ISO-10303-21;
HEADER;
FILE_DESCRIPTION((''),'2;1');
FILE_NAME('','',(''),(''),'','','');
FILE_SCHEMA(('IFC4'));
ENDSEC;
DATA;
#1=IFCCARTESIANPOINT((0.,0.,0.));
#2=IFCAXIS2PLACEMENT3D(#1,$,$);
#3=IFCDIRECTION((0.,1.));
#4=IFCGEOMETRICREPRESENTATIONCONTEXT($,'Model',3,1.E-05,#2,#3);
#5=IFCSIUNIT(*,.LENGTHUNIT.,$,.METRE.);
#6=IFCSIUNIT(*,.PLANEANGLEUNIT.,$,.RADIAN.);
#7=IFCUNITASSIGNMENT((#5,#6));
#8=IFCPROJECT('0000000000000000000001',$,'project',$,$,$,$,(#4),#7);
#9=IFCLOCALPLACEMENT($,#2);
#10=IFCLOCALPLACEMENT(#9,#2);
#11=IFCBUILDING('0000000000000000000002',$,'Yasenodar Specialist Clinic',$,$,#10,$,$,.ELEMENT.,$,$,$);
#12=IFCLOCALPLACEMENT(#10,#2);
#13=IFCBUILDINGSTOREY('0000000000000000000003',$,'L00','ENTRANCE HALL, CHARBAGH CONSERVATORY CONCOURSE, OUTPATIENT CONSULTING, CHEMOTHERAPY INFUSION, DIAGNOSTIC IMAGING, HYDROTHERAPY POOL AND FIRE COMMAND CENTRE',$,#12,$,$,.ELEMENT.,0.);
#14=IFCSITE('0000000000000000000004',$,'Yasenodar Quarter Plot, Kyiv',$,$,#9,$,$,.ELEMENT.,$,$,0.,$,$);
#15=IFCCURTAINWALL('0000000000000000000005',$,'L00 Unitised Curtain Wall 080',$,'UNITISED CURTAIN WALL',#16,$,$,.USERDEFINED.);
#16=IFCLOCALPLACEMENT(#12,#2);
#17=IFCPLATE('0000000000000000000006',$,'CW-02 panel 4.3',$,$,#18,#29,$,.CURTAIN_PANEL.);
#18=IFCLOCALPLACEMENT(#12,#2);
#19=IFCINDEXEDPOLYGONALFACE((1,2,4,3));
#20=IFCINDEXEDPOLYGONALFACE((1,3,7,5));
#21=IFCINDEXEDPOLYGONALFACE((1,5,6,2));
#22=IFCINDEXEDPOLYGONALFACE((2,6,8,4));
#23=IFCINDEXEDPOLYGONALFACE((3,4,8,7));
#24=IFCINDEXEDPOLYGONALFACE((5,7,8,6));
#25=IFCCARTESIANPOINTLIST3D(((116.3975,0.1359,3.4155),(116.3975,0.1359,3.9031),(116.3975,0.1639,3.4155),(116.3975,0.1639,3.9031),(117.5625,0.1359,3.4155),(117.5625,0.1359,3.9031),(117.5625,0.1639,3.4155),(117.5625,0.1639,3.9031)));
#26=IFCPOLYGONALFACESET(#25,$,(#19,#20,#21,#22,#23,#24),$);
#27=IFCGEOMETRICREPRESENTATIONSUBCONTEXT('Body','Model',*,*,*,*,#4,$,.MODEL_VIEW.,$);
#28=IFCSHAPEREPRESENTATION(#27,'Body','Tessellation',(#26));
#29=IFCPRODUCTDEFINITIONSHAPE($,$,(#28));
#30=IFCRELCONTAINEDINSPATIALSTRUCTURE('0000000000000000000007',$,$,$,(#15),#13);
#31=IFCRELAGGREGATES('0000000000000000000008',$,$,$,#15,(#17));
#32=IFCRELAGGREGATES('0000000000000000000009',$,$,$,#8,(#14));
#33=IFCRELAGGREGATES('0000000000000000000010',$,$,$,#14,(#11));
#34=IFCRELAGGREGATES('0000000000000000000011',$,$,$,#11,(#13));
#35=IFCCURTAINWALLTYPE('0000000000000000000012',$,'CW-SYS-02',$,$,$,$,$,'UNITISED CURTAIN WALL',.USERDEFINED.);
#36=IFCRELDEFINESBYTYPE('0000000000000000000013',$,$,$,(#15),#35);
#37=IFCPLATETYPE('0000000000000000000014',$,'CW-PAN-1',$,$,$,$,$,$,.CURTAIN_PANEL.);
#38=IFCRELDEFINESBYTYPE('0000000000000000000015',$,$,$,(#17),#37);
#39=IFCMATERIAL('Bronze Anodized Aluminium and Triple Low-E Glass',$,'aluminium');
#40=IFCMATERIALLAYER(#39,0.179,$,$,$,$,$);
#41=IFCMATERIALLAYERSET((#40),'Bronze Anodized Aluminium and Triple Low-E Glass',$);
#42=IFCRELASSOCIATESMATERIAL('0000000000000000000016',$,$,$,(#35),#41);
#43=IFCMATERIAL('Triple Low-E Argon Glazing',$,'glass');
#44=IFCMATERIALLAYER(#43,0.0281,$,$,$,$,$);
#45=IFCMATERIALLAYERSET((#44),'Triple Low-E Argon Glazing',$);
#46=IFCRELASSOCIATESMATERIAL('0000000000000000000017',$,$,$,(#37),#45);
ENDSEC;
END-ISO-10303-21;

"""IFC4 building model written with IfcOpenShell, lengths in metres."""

from ifc_helpers import new_model, si_unit, direction, frame, origin, origin_2d, place, context, subcontext, project, spatial, rectangle, extrude, material, layer, layer_set, type_object, element, aggregate, save


model = new_model("IFC4")

# Units and contexts
model_context = context("Model", 3, precision=1e-05, world=origin(), true_north=direction((0.0, 1.0)))
body_context = subcontext(model_context, "Body", "Model", "MODEL_VIEW")
ifc_project = project(units=[si_unit("LENGTHUNIT", "METRE"), si_unit("PLANEANGLEUNIT", "RADIAN")], contexts=[model_context])

# Site, building, storey
site_placement = place(None, origin())
site = spatial("IfcSite", under=ifc_project, at=site_placement, Name="Yasenodar Quarter Plot, Kyiv", CompositionType="ELEMENT", RefElevation=0.0)
building_placement = place(site_placement, origin())
building = spatial("IfcBuilding", under=site, at=building_placement, Name="Yasenodar Specialist Clinic", CompositionType="ELEMENT")
storey_placement = place(building_placement, origin())
storey = spatial("IfcBuildingStorey", under=building, at=storey_placement, Name="L00", Description="ENTRANCE HALL, CHARBAGH CONSERVATORY CONCOURSE, OUTPATIENT CONSULTING, CHEMOTHERAPY INFUSION, DIAGNOSTIC IMAGING, HYDROTHERAPY POOL AND FIRE COMMAND CENTRE", CompositionType="ELEMENT", Elevation=0.0)

# Curtain wall
ifc_material_1 = material(Name="Bronze Anodized Aluminium and Triple Low-E Glass", Category="aluminium")
ifc_layer_1 = layer(ifc_material_1, 0.179)
ifc_layer_set_1 = layer_set([ifc_layer_1], Name="Bronze Anodized Aluminium and Triple Low-E Glass")
curtain_wall_type = type_object("IfcCurtainWallType", Name="CW-SYS-02", ElementType="UNITISED CURTAIN WALL", PredefinedType="USERDEFINED", material=ifc_layer_set_1)
curtain_wall_placement = place(storey_placement, origin())
curtain_wall = element("IfcCurtainWall", 1, at=curtain_wall_placement, inside=storey, type_object=curtain_wall_type, Name="L00 Unitised Curtain Wall 080", ObjectType="UNITISED CURTAIN WALL", PredefinedType="USERDEFINED")

# Plate
ifc_material_2 = material(Name="Triple Low-E Argon Glazing", Category="glass")
ifc_layer_2 = layer(ifc_material_2, 0.0281)
ifc_layer_set_2 = layer_set([ifc_layer_2], Name="Triple Low-E Argon Glazing")
plate_type = type_object("IfcPlateType", Name="CW-PAN-1", PredefinedType="CURTAIN_PANEL", material=ifc_layer_set_2)
plate_1_placement = place(storey_placement, frame((116.98, 0.1499, 3.4155), z_axis=(0.0, 0.0, 1.0), x_axis=(-1.0, 0.0, 0.0)))
plate_1 = element("IfcPlate", 2, at=plate_1_placement, type_object=plate_type, Name="CW-02 panel 4.3", PredefinedType="CURTAIN_PANEL", context=body_context, shape_type="SweptSolid", body=[
    extrude(rectangle(XDim=1.165, YDim=0.0281, at=origin_2d()), origin(), (0.0, 0.0, 1.0), 0.4875),
])
aggregate(curtain_wall, [plate_1])

save(model, "model.ifc")
